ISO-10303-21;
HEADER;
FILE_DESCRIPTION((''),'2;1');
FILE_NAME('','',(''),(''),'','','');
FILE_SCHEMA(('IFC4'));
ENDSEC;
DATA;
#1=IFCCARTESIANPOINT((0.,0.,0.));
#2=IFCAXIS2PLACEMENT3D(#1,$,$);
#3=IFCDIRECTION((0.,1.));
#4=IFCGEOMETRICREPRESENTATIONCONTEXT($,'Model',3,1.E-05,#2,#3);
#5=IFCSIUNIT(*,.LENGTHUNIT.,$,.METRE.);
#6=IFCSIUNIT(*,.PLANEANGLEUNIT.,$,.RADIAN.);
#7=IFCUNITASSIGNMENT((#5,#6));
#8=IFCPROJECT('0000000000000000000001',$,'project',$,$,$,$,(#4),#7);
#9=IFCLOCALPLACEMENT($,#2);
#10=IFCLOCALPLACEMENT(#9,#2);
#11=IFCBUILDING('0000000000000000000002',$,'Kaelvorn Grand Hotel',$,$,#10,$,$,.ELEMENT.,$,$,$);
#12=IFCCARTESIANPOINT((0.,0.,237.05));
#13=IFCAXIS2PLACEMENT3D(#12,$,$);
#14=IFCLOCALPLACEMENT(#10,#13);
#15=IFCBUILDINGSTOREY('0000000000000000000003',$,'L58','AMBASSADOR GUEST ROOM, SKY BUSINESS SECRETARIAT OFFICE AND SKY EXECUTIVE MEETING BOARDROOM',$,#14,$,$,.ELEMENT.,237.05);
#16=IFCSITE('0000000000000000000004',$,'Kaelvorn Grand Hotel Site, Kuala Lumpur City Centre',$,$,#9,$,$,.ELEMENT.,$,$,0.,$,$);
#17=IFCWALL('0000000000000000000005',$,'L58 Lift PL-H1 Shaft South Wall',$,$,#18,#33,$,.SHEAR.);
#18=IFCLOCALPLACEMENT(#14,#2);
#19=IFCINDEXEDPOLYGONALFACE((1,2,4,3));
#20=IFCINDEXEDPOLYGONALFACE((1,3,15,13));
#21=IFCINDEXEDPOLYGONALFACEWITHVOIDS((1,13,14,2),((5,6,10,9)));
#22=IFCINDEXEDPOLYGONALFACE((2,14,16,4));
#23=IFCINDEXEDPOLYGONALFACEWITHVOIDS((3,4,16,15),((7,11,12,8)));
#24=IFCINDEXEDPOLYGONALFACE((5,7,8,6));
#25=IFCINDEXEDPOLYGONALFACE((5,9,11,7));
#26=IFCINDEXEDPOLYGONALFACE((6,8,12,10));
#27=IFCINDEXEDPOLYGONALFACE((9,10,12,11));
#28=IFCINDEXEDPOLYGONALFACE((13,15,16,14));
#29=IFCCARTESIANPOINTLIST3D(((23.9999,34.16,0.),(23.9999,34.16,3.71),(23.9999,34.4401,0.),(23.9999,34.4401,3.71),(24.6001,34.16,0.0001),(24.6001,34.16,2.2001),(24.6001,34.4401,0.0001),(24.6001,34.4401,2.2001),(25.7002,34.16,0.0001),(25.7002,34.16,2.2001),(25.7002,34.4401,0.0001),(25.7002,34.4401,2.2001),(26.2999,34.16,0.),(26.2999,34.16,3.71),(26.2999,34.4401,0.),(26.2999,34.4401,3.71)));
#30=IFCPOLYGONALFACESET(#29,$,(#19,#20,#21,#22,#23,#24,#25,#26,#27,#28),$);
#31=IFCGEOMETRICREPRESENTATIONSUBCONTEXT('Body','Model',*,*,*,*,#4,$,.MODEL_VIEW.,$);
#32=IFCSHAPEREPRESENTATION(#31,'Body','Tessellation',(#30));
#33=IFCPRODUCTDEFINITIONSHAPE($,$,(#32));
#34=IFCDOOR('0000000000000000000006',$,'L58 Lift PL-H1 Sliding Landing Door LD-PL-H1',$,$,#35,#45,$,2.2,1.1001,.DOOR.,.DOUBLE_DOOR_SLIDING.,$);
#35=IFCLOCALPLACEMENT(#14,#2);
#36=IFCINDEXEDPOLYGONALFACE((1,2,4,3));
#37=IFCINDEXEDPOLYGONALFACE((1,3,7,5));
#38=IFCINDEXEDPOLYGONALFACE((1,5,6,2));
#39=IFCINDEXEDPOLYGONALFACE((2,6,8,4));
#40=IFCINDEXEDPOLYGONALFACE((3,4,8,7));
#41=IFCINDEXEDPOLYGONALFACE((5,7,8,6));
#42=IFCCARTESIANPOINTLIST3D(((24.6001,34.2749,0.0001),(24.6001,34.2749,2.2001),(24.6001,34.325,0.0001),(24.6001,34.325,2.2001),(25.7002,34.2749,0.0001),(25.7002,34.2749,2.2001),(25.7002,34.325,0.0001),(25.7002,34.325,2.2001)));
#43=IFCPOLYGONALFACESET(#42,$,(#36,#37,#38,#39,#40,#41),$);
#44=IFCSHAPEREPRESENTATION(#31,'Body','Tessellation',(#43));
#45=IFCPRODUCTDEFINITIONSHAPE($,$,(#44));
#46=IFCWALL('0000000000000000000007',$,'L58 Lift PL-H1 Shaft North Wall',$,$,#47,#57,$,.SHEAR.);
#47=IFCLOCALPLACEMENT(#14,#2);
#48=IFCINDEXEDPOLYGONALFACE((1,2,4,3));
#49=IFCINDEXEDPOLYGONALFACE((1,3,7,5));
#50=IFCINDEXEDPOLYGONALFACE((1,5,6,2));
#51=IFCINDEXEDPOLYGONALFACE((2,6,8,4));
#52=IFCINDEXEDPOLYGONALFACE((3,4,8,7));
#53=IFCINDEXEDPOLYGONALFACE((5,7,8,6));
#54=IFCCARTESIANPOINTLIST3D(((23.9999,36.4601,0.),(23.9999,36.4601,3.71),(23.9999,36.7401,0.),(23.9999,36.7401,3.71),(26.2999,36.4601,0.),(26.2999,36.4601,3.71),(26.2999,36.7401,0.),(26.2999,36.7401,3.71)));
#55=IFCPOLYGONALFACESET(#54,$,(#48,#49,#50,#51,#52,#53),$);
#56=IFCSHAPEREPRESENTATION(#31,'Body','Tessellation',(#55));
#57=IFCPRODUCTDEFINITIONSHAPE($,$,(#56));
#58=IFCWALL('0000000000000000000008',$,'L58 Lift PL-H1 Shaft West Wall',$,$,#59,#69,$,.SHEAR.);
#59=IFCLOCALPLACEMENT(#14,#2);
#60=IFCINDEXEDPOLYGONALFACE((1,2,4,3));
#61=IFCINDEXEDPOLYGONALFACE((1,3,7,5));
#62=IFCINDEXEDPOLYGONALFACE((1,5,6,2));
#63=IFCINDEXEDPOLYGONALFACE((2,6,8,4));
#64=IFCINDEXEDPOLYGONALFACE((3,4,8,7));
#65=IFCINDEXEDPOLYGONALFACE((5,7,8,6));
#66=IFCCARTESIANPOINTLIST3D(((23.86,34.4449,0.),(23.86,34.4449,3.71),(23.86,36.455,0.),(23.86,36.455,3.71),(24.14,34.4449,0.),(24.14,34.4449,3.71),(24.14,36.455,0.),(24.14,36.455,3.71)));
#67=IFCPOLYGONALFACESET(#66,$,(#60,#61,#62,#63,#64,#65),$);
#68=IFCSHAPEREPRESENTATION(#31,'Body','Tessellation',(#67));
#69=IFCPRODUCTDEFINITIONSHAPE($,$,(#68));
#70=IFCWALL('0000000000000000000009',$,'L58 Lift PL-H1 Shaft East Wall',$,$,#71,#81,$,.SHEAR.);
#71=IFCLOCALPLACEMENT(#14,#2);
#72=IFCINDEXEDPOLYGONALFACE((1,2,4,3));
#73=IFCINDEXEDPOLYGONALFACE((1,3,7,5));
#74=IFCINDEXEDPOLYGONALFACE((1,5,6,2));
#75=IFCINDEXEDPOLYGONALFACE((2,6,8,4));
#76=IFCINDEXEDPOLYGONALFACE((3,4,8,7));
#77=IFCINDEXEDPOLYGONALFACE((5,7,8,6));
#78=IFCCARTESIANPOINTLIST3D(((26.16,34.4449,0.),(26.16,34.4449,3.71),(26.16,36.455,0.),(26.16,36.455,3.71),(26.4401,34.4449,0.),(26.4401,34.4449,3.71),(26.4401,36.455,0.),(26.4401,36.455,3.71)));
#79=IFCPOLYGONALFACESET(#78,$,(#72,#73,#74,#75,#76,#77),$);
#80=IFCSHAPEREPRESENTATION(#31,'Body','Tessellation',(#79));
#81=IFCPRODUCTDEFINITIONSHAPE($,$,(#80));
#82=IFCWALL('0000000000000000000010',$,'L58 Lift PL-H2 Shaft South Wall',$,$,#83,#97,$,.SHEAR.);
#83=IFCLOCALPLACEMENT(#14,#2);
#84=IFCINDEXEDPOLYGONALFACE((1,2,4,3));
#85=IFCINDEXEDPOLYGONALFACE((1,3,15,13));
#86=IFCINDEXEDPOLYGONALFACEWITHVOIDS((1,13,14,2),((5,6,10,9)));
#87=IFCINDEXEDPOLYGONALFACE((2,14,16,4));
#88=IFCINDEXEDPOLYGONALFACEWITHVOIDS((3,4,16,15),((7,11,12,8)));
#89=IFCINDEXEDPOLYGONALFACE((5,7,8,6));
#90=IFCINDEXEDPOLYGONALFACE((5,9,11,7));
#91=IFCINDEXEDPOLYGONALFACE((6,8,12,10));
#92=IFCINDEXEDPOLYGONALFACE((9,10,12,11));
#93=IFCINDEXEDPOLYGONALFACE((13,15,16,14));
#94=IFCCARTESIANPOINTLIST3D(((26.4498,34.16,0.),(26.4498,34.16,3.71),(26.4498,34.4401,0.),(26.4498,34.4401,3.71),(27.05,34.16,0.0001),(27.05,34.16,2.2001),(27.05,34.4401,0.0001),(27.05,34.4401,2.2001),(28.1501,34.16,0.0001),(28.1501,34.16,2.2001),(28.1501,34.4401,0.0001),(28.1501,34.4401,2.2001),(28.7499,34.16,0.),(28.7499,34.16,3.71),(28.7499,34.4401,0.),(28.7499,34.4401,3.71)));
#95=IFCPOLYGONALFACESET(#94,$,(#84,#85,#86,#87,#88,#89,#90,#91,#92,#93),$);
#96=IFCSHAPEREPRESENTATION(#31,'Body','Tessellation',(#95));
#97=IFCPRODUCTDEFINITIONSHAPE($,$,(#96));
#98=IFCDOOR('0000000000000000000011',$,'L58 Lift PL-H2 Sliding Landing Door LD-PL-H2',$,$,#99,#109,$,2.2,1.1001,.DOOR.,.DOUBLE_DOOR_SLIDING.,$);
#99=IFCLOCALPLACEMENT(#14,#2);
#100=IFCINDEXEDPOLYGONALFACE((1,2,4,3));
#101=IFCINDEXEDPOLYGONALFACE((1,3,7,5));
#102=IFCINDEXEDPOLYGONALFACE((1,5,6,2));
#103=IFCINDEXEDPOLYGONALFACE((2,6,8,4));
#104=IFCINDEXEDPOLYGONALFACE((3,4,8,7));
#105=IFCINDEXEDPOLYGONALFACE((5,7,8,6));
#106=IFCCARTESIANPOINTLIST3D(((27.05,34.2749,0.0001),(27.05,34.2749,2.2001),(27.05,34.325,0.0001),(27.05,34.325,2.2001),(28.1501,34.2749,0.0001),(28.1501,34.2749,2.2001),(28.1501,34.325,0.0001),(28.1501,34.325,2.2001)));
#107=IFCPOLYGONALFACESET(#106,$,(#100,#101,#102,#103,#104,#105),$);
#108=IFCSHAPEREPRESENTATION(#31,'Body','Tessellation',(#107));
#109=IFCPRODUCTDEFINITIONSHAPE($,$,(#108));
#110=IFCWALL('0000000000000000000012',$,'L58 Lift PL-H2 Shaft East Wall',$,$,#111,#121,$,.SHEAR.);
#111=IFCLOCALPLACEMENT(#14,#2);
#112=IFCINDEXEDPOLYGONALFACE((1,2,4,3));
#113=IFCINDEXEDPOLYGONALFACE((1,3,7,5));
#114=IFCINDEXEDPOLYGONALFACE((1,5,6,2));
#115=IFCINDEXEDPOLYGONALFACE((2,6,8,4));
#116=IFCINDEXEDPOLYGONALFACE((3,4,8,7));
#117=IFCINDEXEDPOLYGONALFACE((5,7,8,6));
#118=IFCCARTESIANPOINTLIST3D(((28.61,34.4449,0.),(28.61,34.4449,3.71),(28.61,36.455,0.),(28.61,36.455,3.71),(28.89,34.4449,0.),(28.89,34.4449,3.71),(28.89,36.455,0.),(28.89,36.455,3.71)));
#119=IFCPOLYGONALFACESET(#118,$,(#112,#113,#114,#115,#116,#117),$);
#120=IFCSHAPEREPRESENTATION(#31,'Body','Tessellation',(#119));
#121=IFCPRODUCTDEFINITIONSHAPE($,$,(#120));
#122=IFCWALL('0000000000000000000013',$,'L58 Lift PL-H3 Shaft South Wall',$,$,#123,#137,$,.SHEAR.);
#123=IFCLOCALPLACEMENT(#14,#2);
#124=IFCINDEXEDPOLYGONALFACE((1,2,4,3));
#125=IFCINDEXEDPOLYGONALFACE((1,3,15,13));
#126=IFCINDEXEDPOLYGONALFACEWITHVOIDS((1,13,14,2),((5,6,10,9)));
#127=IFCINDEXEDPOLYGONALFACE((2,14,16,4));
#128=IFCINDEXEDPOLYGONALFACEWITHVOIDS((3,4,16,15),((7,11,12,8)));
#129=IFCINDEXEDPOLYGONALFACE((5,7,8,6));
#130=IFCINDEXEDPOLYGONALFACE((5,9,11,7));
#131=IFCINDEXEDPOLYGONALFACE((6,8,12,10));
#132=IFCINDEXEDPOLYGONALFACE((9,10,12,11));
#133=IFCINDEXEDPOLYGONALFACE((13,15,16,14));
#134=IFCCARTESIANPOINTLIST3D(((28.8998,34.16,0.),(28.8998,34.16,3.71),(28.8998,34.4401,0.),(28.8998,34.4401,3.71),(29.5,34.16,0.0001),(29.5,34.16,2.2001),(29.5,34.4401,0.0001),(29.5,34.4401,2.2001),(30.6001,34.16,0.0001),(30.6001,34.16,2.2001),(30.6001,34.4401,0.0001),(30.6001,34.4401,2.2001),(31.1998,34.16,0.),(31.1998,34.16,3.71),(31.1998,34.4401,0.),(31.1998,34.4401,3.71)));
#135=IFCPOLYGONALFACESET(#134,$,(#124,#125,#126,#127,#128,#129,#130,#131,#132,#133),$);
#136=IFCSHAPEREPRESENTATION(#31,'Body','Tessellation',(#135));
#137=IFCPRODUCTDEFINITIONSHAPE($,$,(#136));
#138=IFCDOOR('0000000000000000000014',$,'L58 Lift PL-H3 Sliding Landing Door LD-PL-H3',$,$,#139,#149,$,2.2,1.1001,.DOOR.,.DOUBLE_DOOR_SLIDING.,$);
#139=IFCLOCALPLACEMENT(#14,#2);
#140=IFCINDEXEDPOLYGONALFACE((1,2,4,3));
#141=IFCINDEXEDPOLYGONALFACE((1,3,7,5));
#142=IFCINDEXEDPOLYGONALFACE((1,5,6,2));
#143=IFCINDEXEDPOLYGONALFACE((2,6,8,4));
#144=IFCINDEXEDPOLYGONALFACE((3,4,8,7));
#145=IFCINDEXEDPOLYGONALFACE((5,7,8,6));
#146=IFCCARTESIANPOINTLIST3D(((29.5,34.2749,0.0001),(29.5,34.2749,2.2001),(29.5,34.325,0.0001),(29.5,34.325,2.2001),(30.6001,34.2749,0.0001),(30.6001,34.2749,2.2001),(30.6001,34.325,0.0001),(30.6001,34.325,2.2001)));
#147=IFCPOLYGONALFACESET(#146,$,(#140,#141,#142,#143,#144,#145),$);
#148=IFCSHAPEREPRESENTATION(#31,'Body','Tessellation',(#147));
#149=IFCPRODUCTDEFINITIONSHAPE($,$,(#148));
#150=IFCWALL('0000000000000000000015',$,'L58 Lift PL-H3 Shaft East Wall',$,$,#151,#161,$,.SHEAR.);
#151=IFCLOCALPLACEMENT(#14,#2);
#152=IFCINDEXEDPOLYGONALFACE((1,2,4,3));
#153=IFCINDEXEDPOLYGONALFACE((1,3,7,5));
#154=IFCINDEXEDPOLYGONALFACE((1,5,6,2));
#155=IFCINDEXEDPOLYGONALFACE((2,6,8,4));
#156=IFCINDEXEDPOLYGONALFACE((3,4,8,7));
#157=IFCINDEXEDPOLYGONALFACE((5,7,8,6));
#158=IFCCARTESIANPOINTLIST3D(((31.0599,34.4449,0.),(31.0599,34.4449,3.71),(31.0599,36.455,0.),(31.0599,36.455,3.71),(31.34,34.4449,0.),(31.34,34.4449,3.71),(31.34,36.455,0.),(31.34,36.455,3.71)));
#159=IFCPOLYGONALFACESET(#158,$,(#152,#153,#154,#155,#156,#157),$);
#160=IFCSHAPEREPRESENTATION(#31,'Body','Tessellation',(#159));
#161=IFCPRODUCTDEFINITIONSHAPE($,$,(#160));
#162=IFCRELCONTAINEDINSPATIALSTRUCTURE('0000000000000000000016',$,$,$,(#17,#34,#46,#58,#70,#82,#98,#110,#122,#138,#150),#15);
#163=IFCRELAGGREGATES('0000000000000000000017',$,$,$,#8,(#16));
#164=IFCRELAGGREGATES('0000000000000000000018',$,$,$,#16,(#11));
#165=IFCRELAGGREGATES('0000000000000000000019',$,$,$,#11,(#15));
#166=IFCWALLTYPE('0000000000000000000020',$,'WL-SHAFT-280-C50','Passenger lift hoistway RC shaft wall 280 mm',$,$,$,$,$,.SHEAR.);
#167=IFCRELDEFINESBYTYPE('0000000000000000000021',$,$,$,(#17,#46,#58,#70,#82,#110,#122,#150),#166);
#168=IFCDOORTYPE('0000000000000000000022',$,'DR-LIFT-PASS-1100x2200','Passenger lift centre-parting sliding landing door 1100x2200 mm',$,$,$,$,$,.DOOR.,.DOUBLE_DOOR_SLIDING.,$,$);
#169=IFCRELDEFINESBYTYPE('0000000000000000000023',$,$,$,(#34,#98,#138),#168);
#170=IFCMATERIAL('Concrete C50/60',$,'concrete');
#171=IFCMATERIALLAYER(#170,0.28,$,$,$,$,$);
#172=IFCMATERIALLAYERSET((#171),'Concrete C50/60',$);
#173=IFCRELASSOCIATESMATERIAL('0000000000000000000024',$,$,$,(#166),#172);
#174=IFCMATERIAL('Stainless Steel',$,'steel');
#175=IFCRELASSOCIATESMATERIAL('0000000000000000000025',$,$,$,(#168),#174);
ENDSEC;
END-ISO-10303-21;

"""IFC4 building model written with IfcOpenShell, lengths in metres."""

from ifc_helpers import new_model, si_unit, direction, frame, frame_2d, origin, place, context, subcontext, project, spatial, rectangle, extrude, material, layer, layer_set, type_object, element, fill, save


model = new_model("IFC4")

# Units and contexts
model_context = context("Model", 3, precision=1e-05, world=origin(), true_north=direction((0.0, 1.0)))
body_context = subcontext(model_context, "Body", "Model", "MODEL_VIEW")
ifc_project = project(units=[si_unit("LENGTHUNIT", "METRE"), si_unit("PLANEANGLEUNIT", "RADIAN")], contexts=[model_context])

# Site, building, storey
site_placement = place(None, origin())
site = spatial("IfcSite", under=ifc_project, at=site_placement, Name="Kaelvorn Grand Hotel Site, Kuala Lumpur City Centre", CompositionType="ELEMENT", RefElevation=0.0)
building_placement = place(site_placement, origin())
building = spatial("IfcBuilding", under=site, at=building_placement, Name="Kaelvorn Grand Hotel", CompositionType="ELEMENT")
storey_placement = place(building_placement, frame((0.0, 0.0, 237.05)))
storey = spatial("IfcBuildingStorey", under=building, at=storey_placement, Name="L58", Description="AMBASSADOR GUEST ROOM, SKY BUSINESS SECRETARIAT OFFICE AND SKY EXECUTIVE MEETING BOARDROOM", CompositionType="ELEMENT", Elevation=237.05)

# Shared definitions
ifc_material_1 = material(Name="Concrete C50/60", Category="concrete")

# Wall, opening, door
ifc_layer_1 = layer(ifc_material_1, 0.28)
ifc_layer_set_1 = layer_set([ifc_layer_1], Name="Concrete C50/60")
wall_type_1 = type_object("IfcWallType", Name="WL-SHAFT-280-C50", Description="Passenger lift hoistway RC shaft wall 280 mm", PredefinedType="SHEAR", material=ifc_layer_set_1)
wall_1_placement = place(storey_placement, frame((24.0, 34.3, 0.0), z_axis=(0.0, 0.0, 1.0), x_axis=(1.0, 0.0, 0.0)))
wall_1 = element("IfcWall", 1, at=wall_1_placement, inside=storey, type_object=wall_type_1, Name="L58 Lift PL-H1 Shaft South Wall", PredefinedType="SHEAR", context=body_context, shape_type="SweptSolid", body=[
    extrude(rectangle(XDim=2.3, YDim=0.28, at=frame_2d((1.1499, 0.0))), origin(), (0.0, 0.0, 1.0), 3.71),
])
opening_1_placement = place(wall_1_placement, frame((0.6001, 0.0, 0.0)))
opening_1 = element("IfcOpeningElement", 2, at=opening_1_placement, cuts=wall_1, PredefinedType="OPENING", context=body_context, shape_type="SweptSolid", body=[
    extrude(rectangle(XDim=1.1001, YDim=2.2, at=frame_2d((0.55, 1.1001))), frame((0.0, 0.1499, 0.0), z_axis=(0.0, -1.0, 0.0), x_axis=(1.0, 0.0, 0.0)), (0.0, 0.0, 1.0), 0.3),
])
ifc_material_2 = material(Name="Stainless Steel", Category="steel")
door_type_1 = type_object("IfcDoorType", Name="DR-LIFT-PASS-1100x2200", Description="Passenger lift centre-parting sliding landing door 1100x2200 mm", OperationType="DOUBLE_DOOR_SLIDING", PredefinedType="DOOR", material=ifc_material_2)
door_1_placement = place(opening_1_placement, origin())
door_1 = element("IfcDoor", 3, at=door_1_placement, inside=storey, type_object=door_type_1, Name="L58 Lift PL-H1 Sliding Landing Door LD-PL-H1", OperationType="DOUBLE_DOOR_SLIDING", OverallHeight=2.2, OverallWidth=1.1001, PredefinedType="DOOR", context=body_context, shape_type="SweptSolid", body=[
    extrude(rectangle(XDim=1.1001, YDim=2.2, at=frame_2d((0.55, 1.1001))), frame((0.0, 0.0249, 0.0), z_axis=(0.0, -1.0, 0.0), x_axis=(1.0, 0.0, 0.0)), (0.0, 0.0, 1.0), 0.05),
])
fill(opening_1, door_1)

# Walls
wall_2_placement = place(storey_placement, frame((24.0, 36.6001, 0.0), z_axis=(0.0, 0.0, 1.0), x_axis=(1.0, 0.0, 0.0)))
element("IfcWall", 4, at=wall_2_placement, inside=storey, type_object=wall_type_1, Name="L58 Lift PL-H1 Shaft North Wall", PredefinedType="SHEAR", context=body_context, shape_type="SweptSolid", body=[
    extrude(rectangle(XDim=2.3, YDim=0.28, at=frame_2d((1.1499, 0.0))), origin(), (0.0, 0.0, 1.0), 3.71),
])
for number, where, z_axis, x_axis, name in (
    (5, (24.0, 34.4451, 0.0), (0.0, 0.0, 1.0), (0.0, 1.0, 0.0), "L58 Lift PL-H1 Shaft West Wall"),
    (6, (26.3, 34.4451, 0.0), (0.0, 0.0, 1.0), (0.0, 1.0, 0.0), "L58 Lift PL-H1 Shaft East Wall"),
):
    element("IfcWall", number, at=place(storey_placement, frame(where, z_axis=z_axis, x_axis=x_axis)), inside=storey, type_object=wall_type_1, Name=name, PredefinedType="SHEAR", context=body_context, shape_type="SweptSolid", body=[
        extrude(rectangle(XDim=2.01, YDim=0.28, at=frame_2d((1.0049, 0.0))), origin(), (0.0, 0.0, 1.0), 3.71),
    ])

# Wall, opening, door
wall_3_placement = place(storey_placement, frame((26.45, 34.3, 0.0), z_axis=(0.0, 0.0, 1.0), x_axis=(1.0, 0.0, 0.0)))
wall_3 = element("IfcWall", 7, at=wall_3_placement, inside=storey, type_object=wall_type_1, Name="L58 Lift PL-H2 Shaft South Wall", PredefinedType="SHEAR", context=body_context, shape_type="SweptSolid", body=[
    extrude(rectangle(XDim=2.3, YDim=0.28, at=frame_2d((1.1499, 0.0))), origin(), (0.0, 0.0, 1.0), 3.71),
])
opening_2_placement = place(wall_3_placement, frame((0.6001, 0.0, 0.0)))
opening_2 = element("IfcOpeningElement", 8, at=opening_2_placement, cuts=wall_3, PredefinedType="OPENING", context=body_context, shape_type="SweptSolid", body=[
    extrude(rectangle(XDim=1.1001, YDim=2.2, at=frame_2d((0.55, 1.1001))), frame((0.0, 0.1499, 0.0), z_axis=(0.0, -1.0, 0.0), x_axis=(1.0, 0.0, 0.0)), (0.0, 0.0, 1.0), 0.3),
])
door_2_placement = place(opening_2_placement, origin())
door_2 = element("IfcDoor", 9, at=door_2_placement, inside=storey, type_object=door_type_1, Name="L58 Lift PL-H2 Sliding Landing Door LD-PL-H2", OperationType="DOUBLE_DOOR_SLIDING", OverallHeight=2.2, OverallWidth=1.1001, PredefinedType="DOOR", context=body_context, shape_type="SweptSolid", body=[
    extrude(rectangle(XDim=1.1001, YDim=2.2, at=frame_2d((0.55, 1.1001))), frame((0.0, 0.0249, 0.0), z_axis=(0.0, -1.0, 0.0), x_axis=(1.0, 0.0, 0.0)), (0.0, 0.0, 1.0), 0.05),
])
fill(opening_2, door_2)

# Wall
wall_4_placement = place(storey_placement, frame((28.75, 34.4451, 0.0), z_axis=(0.0, 0.0, 1.0), x_axis=(0.0, 1.0, 0.0)))
element("IfcWall", 10, at=wall_4_placement, inside=storey, type_object=wall_type_1, Name="L58 Lift PL-H2 Shaft East Wall", PredefinedType="SHEAR", context=body_context, shape_type="SweptSolid", body=[
    extrude(rectangle(XDim=2.01, YDim=0.28, at=frame_2d((1.0049, 0.0))), origin(), (0.0, 0.0, 1.0), 3.71),
])

# Wall, opening, door
wall_5_placement = place(storey_placement, frame((28.8999, 34.3, 0.0), z_axis=(0.0, 0.0, 1.0), x_axis=(1.0, 0.0, 0.0)))
wall_5 = element("IfcWall", 11, at=wall_5_placement, inside=storey, type_object=wall_type_1, Name="L58 Lift PL-H3 Shaft South Wall", PredefinedType="SHEAR", context=body_context, shape_type="SweptSolid", body=[
    extrude(rectangle(XDim=2.3, YDim=0.28, at=frame_2d((1.1499, 0.0))), origin(), (0.0, 0.0, 1.0), 3.71),
])
opening_3_placement = place(wall_5_placement, frame((0.6001, 0.0, 0.0)))
opening_3 = element("IfcOpeningElement", 12, at=opening_3_placement, cuts=wall_5, PredefinedType="OPENING", context=body_context, shape_type="SweptSolid", body=[
    extrude(rectangle(XDim=1.1001, YDim=2.2, at=frame_2d((0.55, 1.1001))), frame((0.0, 0.1499, 0.0), z_axis=(0.0, -1.0, 0.0), x_axis=(1.0, 0.0, 0.0)), (0.0, 0.0, 1.0), 0.3),
])
door_3_placement = place(opening_3_placement, origin())
door_3 = element("IfcDoor", 13, at=door_3_placement, inside=storey, type_object=door_type_1, Name="L58 Lift PL-H3 Sliding Landing Door LD-PL-H3", OperationType="DOUBLE_DOOR_SLIDING", OverallHeight=2.2, OverallWidth=1.1001, PredefinedType="DOOR", context=body_context, shape_type="SweptSolid", body=[
    extrude(rectangle(XDim=1.1001, YDim=2.2, at=frame_2d((0.55, 1.1001))), frame((0.0, 0.0249, 0.0), z_axis=(0.0, -1.0, 0.0), x_axis=(1.0, 0.0, 0.0)), (0.0, 0.0, 1.0), 0.05),
])
fill(opening_3, door_3)

# Wall
wall_6_placement = place(storey_placement, frame((31.2, 34.4451, 0.0), z_axis=(0.0, 0.0, 1.0), x_axis=(0.0, 1.0, 0.0)))
element("IfcWall", 14, at=wall_6_placement, inside=storey, type_object=wall_type_1, Name="L58 Lift PL-H3 Shaft East Wall", PredefinedType="SHEAR", context=body_context, shape_type="SweptSolid", body=[
    extrude(rectangle(XDim=2.01, YDim=0.28, at=frame_2d((1.0049, 0.0))), origin(), (0.0, 0.0, 1.0), 3.71),
])

save(model, "model.ifc")
